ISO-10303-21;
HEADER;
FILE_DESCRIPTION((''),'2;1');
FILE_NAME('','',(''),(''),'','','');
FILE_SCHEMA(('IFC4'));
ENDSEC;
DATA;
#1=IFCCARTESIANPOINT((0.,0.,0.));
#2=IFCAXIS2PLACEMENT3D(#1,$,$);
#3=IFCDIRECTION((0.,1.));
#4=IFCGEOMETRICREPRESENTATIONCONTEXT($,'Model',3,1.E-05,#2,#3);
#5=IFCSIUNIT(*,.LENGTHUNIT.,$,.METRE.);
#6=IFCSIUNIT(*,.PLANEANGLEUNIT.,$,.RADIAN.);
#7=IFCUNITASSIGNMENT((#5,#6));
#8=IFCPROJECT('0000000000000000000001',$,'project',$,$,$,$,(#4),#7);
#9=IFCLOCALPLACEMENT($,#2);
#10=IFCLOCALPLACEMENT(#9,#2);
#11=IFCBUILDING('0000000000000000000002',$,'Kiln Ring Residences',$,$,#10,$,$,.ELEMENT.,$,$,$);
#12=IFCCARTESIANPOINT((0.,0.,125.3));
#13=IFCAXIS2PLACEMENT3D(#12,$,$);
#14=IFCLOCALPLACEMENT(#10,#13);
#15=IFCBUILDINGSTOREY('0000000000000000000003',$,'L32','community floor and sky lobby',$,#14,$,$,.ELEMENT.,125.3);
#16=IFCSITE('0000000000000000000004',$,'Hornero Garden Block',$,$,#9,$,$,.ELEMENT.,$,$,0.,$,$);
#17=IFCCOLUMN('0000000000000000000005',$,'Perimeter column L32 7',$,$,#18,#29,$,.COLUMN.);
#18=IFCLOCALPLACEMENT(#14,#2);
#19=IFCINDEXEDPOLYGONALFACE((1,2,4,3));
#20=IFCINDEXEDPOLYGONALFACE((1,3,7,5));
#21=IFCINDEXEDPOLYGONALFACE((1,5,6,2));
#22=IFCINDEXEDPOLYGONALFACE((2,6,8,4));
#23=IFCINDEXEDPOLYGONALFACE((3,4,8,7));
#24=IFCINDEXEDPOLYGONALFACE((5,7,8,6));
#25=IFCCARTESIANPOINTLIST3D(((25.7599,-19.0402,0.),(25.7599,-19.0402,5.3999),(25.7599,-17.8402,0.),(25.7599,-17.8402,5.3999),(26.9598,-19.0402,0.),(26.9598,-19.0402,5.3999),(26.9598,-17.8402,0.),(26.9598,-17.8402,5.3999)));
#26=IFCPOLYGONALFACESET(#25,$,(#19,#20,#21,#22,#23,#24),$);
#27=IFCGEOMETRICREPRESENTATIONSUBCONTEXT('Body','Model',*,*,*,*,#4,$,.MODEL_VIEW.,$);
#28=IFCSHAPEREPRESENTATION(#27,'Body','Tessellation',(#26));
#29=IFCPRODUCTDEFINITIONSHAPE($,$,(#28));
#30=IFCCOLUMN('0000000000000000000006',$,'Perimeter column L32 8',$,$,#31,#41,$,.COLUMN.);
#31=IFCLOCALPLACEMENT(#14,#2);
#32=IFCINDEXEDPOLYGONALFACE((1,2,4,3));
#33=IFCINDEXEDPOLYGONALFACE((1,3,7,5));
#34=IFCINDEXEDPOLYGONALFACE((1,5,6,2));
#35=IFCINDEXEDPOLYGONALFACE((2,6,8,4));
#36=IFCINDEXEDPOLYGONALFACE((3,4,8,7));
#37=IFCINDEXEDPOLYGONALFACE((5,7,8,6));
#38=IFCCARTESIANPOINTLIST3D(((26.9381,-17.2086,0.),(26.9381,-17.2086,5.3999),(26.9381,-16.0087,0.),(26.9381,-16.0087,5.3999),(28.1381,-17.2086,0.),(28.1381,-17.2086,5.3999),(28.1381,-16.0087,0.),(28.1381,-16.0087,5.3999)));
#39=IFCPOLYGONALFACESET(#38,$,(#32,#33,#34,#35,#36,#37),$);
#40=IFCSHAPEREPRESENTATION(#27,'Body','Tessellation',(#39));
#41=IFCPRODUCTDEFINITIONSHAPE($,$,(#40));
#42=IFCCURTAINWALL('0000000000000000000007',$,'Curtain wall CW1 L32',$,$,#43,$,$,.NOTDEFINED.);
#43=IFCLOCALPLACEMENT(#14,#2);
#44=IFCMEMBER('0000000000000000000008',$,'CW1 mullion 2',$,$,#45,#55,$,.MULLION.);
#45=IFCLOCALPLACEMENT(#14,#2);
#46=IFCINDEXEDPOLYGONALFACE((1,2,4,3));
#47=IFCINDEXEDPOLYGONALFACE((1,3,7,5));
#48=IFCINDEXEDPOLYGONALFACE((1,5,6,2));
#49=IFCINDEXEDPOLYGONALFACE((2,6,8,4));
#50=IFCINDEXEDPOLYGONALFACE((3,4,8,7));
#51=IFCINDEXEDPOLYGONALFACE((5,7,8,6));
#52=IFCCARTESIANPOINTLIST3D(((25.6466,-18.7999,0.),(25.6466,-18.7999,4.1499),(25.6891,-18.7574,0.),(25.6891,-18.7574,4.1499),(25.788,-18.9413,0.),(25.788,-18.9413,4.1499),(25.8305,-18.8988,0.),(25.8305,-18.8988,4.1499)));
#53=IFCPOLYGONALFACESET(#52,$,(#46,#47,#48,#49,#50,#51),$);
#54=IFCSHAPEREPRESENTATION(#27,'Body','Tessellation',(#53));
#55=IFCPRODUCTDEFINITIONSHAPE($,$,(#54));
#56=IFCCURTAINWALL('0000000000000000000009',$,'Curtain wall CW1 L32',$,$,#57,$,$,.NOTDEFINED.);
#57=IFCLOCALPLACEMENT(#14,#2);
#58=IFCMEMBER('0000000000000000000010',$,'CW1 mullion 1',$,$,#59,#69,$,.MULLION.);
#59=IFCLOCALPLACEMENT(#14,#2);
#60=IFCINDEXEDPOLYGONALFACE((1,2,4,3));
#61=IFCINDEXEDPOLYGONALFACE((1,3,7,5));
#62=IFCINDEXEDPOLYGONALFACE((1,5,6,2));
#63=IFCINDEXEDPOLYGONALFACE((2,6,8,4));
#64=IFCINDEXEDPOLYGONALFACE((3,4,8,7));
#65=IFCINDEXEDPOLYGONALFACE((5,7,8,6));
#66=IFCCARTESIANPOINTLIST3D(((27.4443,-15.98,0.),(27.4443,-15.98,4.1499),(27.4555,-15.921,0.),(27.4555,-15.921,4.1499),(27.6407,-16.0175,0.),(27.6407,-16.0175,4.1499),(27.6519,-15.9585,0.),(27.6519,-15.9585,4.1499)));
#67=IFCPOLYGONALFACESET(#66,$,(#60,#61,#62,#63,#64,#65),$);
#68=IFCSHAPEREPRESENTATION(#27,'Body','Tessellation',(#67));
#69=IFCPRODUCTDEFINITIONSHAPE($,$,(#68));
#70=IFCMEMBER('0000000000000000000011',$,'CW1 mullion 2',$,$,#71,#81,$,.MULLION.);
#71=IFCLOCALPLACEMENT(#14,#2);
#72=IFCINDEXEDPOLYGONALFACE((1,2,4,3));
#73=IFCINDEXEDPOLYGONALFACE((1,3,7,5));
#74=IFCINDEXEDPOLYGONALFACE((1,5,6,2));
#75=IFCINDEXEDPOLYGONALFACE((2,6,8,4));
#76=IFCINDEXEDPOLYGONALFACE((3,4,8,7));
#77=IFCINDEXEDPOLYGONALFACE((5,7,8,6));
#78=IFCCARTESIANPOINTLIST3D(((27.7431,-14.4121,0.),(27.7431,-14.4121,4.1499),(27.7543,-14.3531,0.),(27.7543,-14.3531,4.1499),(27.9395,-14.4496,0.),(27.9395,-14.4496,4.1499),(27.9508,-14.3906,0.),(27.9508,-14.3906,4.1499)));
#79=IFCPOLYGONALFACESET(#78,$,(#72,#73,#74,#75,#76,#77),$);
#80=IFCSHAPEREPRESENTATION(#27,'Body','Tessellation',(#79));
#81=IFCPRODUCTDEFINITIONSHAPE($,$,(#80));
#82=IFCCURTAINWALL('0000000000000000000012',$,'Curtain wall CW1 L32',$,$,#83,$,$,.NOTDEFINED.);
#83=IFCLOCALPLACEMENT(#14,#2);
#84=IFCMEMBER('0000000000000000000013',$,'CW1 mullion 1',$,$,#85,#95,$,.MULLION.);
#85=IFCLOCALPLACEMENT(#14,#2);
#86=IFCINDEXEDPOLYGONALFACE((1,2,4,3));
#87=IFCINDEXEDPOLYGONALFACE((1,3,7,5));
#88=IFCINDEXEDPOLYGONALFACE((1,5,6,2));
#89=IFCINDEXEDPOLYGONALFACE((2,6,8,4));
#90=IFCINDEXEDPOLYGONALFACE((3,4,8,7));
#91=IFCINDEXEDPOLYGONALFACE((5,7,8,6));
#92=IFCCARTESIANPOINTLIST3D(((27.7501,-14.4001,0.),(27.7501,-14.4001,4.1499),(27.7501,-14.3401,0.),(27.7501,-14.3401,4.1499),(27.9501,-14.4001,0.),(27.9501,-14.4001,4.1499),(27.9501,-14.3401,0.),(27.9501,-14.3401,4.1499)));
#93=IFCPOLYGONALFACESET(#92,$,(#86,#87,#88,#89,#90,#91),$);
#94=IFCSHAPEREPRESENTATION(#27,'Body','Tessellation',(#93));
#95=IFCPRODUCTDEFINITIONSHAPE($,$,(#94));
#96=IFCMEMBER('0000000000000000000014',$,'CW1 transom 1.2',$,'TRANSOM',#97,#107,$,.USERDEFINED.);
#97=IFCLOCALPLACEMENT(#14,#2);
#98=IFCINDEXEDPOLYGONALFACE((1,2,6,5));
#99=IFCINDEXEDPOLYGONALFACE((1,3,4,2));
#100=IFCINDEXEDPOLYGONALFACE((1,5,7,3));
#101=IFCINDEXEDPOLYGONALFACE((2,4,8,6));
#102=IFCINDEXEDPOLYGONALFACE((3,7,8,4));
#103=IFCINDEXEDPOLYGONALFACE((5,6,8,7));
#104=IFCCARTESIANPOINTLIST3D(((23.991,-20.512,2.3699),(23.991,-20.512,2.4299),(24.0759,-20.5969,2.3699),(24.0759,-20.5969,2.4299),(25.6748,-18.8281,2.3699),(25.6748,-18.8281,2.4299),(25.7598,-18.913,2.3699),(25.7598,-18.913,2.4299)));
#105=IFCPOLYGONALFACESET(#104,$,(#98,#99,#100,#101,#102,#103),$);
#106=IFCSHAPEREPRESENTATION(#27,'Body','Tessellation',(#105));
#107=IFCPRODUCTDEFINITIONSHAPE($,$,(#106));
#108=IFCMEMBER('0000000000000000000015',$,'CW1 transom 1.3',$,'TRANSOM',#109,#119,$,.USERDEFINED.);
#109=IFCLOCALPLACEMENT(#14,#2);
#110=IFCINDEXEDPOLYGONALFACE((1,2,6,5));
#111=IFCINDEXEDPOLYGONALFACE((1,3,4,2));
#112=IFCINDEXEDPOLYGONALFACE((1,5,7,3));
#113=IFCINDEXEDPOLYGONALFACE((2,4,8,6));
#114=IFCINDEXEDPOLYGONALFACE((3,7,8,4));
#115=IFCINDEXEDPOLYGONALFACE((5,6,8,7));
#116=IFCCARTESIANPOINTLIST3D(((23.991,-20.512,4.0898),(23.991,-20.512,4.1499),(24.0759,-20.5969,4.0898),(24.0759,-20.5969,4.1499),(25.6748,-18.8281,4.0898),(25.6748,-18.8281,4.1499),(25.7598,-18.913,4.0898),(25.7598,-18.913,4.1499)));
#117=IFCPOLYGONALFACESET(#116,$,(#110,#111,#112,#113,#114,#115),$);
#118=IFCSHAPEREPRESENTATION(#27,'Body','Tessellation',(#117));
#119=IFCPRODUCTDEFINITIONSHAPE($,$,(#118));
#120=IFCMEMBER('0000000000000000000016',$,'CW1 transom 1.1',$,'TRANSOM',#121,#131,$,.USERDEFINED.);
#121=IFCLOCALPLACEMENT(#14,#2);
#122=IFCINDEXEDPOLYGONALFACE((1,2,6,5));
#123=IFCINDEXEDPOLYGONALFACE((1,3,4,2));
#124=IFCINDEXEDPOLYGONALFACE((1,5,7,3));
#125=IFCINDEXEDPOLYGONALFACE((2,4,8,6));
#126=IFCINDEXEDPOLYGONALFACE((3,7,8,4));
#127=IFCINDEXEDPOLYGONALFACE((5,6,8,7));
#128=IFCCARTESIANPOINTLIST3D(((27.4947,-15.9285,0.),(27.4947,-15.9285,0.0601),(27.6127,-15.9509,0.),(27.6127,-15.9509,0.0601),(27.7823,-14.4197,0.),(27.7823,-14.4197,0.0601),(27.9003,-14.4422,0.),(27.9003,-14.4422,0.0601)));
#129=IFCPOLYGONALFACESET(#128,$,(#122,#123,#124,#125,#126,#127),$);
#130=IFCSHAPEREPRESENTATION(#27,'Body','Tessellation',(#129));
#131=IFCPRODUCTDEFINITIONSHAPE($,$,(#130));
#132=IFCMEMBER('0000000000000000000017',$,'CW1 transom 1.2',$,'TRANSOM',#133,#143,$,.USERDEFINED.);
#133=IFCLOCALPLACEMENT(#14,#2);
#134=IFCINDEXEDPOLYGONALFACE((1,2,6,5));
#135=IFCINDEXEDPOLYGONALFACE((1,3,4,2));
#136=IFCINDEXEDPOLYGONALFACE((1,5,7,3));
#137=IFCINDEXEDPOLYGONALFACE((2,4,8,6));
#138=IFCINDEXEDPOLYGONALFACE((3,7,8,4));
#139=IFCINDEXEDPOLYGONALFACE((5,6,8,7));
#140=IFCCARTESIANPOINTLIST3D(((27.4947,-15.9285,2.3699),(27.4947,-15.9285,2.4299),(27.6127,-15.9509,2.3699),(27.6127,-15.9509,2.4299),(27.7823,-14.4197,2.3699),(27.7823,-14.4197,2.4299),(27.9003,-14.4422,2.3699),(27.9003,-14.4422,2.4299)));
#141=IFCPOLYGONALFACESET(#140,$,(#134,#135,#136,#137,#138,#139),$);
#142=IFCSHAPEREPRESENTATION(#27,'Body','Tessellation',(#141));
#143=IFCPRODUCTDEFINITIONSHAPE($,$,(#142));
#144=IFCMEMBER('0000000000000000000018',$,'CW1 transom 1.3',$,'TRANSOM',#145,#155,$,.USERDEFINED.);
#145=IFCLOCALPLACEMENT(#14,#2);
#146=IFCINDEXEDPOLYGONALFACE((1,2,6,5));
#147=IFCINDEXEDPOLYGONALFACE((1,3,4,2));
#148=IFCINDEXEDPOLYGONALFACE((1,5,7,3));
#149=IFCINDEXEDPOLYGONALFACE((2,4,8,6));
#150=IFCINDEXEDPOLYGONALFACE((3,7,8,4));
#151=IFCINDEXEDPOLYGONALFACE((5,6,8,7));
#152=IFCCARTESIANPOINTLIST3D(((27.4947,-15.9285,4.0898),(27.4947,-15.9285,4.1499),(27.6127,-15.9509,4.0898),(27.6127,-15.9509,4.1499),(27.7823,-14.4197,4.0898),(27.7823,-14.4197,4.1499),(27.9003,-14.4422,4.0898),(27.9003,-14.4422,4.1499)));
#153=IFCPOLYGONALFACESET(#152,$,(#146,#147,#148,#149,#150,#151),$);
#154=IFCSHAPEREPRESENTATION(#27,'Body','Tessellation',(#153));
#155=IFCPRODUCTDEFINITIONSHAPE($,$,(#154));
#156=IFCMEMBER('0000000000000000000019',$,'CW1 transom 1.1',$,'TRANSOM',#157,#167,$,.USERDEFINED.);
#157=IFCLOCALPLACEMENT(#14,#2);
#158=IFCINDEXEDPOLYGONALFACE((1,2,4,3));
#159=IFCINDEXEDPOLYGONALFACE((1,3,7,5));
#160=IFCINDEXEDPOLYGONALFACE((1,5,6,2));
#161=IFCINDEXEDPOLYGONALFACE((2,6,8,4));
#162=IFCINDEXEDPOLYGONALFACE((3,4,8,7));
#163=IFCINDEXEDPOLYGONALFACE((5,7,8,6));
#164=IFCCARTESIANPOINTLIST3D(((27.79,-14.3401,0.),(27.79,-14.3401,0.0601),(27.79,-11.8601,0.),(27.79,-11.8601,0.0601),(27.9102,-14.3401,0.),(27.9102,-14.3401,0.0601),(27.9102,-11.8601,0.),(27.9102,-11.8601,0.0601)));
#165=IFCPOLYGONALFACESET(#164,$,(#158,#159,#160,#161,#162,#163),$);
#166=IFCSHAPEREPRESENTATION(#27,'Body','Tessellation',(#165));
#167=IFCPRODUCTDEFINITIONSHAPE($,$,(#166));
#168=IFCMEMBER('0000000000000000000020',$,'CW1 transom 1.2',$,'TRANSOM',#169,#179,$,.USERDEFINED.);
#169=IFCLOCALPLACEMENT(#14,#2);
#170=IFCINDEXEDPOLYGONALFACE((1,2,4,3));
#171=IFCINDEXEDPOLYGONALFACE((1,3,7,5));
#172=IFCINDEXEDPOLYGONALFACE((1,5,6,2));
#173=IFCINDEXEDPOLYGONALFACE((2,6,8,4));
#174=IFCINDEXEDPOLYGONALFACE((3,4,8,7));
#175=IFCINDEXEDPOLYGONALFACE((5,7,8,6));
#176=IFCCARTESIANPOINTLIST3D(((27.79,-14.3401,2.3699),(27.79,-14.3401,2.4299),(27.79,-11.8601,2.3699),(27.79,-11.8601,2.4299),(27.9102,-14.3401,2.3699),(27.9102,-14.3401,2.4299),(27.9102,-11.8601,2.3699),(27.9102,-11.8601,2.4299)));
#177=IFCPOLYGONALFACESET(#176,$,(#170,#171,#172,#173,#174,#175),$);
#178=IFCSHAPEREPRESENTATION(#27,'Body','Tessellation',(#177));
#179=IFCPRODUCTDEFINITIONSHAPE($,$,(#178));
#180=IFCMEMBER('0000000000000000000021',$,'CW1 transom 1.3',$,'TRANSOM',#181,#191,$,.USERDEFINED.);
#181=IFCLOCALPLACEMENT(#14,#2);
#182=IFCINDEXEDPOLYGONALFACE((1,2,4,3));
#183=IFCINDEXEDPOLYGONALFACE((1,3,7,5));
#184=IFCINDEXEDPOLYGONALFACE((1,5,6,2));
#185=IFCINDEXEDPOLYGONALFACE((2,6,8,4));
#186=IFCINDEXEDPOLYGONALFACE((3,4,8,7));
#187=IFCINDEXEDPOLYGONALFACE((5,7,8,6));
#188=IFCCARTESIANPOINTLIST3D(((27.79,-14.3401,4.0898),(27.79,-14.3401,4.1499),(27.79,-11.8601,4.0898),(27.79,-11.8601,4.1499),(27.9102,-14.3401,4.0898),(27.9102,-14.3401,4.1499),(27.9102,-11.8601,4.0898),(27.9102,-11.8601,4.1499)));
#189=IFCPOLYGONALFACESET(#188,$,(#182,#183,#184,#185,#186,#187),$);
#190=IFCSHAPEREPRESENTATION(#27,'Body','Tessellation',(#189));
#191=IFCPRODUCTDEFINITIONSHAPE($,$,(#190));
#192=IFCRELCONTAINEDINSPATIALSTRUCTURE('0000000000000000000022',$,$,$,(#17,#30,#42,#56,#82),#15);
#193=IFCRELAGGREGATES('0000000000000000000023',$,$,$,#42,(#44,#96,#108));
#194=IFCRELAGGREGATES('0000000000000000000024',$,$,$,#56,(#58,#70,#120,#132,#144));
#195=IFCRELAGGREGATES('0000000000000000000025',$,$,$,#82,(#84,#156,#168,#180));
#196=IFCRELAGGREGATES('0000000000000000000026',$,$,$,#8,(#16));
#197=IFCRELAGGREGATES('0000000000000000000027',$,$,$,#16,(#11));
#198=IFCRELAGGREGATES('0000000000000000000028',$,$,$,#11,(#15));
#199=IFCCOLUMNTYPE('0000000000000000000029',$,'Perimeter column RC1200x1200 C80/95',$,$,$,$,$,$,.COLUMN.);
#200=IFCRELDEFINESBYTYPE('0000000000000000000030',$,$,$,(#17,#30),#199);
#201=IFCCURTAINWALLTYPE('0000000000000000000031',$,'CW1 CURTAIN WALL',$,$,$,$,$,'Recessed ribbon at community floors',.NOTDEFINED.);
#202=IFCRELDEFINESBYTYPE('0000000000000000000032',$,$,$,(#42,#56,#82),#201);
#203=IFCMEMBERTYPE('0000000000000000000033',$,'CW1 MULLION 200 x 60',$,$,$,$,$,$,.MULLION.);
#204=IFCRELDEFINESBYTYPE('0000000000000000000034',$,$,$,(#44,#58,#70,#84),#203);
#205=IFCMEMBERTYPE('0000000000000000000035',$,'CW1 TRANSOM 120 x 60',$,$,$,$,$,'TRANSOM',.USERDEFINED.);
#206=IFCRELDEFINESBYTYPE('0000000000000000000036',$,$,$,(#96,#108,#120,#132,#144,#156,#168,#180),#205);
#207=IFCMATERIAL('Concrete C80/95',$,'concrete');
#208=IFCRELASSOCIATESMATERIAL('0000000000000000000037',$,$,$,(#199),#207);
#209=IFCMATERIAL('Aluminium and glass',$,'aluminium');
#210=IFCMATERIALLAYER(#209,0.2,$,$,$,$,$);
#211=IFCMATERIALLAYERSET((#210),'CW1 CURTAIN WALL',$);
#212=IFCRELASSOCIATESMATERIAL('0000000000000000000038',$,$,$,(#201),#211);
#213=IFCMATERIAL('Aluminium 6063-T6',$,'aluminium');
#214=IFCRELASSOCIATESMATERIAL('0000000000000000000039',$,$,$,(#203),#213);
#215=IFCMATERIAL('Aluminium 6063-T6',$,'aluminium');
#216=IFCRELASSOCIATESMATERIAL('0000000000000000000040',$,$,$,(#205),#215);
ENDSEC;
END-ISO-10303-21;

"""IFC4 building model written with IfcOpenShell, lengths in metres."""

from ifc_helpers import new_model, si_unit, direction, frame, origin, origin_2d, place, context, subcontext, project, spatial, rectangle, extrude, material, layer, layer_set, material_profile, profile_set, type_object, element, aggregate, save


model = new_model("IFC4")

# Units and contexts
model_context = context("Model", 3, precision=1e-05, world=origin(), true_north=direction((0.0, 1.0)))
body_context = subcontext(model_context, "Body", "Model", "MODEL_VIEW")
ifc_project = project(units=[si_unit("LENGTHUNIT", "METRE"), si_unit("PLANEANGLEUNIT", "RADIAN")], contexts=[model_context])

# Site, building, storey
site_placement = place(None, origin())
site = spatial("IfcSite", under=ifc_project, at=site_placement, Name="Hornero Garden Block", CompositionType="ELEMENT", RefElevation=0.0)
building_placement = place(site_placement, origin())
building = spatial("IfcBuilding", under=site, at=building_placement, Name="Kiln Ring Residences", CompositionType="ELEMENT")
storey_placement = place(building_placement, frame((0.0, 0.0, 125.3)))
storey = spatial("IfcBuildingStorey", under=building, at=storey_placement, Name="L32", Description="community floor and sky lobby", CompositionType="ELEMENT", Elevation=125.3)

# Columns
ifc_material_1 = material(Name="Concrete C80/95", Category="concrete")
ifc_material_profile_1 = material_profile(ifc_material_1, rectangle(XDim=1.2, YDim=1.2, at=origin_2d()), Name="RC1200x1200")
ifc_profile_set_1 = profile_set([ifc_material_profile_1], Name="Concrete C80/95")
column_type = type_object("IfcColumnType", Name="Perimeter column RC1200x1200 C80/95", PredefinedType="COLUMN", material=ifc_profile_set_1)
for number, where, z_axis, x_axis, name in (
    (1, (26.3599, -18.4402, 0.0), (0.0, 0.0, 1.0), (1.0, 0.0, 0.0), "Perimeter column L32 7"),
    (2, (27.5381, -16.6086, 0.0), (0.0, 0.0, 1.0), (1.0, 0.0, 0.0), "Perimeter column L32 8"),
):
    element("IfcColumn", number, at=place(storey_placement, frame(where, z_axis=z_axis, x_axis=x_axis)), inside=storey, type_object=column_type, Name=name, PredefinedType="COLUMN", context=body_context, shape_type="SweptSolid", body=[
        extrude(rectangle(XDim=1.2, YDim=1.2, at=origin_2d()), origin(), (0.0, 0.0, 1.0), 5.3999),
    ])

# Curtain wall, member
ifc_material_2 = material(Name="Aluminium and glass", Category="aluminium")
ifc_layer_1 = layer(ifc_material_2, 0.2)
ifc_layer_set_1 = layer_set([ifc_layer_1], Name="CW1 CURTAIN WALL")
curtain_wall_type = type_object("IfcCurtainWallType", Name="CW1 CURTAIN WALL", ElementType="Recessed ribbon at community floors", PredefinedType="NOTDEFINED", material=ifc_layer_set_1)
placement = place(storey_placement, origin())
curtain_wall_1 = element("IfcCurtainWall", 3, at=placement, inside=storey, type_object=curtain_wall_type, Name="Curtain wall CW1 L32", PredefinedType="NOTDEFINED")
ifc_material_3 = material(Name="Aluminium 6063-T6", Category="aluminium")
ifc_material_profile_2 = material_profile(ifc_material_3, rectangle(XDim=0.2, YDim=0.0601, at=origin_2d()), Name="AL 200x60")
ifc_profile_set_2 = profile_set([ifc_material_profile_2], Name="Aluminium 6063-T6")
member_type_1 = type_object("IfcMemberType", Name="CW1 MULLION 200 x 60", PredefinedType="MULLION", material=ifc_profile_set_2)
member_1_placement = place(storey_placement, frame((25.7385, -18.8494, 0.0), z_axis=(0.0, 0.0, 1.0), x_axis=(-0.707107, 0.707107, 0.0)))
member_1 = element("IfcMember", 4, at=member_1_placement, type_object=member_type_1, Name="CW1 mullion 2", PredefinedType="MULLION", context=body_context, shape_type="SweptSolid", body=[
    extrude(rectangle(XDim=0.2, YDim=0.0601, at=origin_2d()), origin(), (0.0, 0.0, 1.0), 4.1499),
])

# Curtain wall, members
curtain_wall_2 = element("IfcCurtainWall", 5, at=placement, inside=storey, type_object=curtain_wall_type, Name="Curtain wall CW1 L32", PredefinedType="NOTDEFINED")
member_2_placement = place(storey_placement, frame((27.5481, -15.9692, 0.0), z_axis=(0.0, 0.0, 1.0), x_axis=(-0.98229, 0.187366, 0.0)))
member_2 = element("IfcMember", 6, at=member_2_placement, type_object=member_type_1, Name="CW1 mullion 1", PredefinedType="MULLION", context=body_context, shape_type="SweptSolid", body=[
    extrude(rectangle(XDim=0.2, YDim=0.0601, at=origin_2d()), origin(), (0.0, 0.0, 1.0), 4.1499),
])
member_3_placement = place(storey_placement, frame((27.8469, -14.4014, 0.0), z_axis=(0.0, 0.0, 1.0), x_axis=(-0.98229, 0.187366, 0.0)))
member_3 = element("IfcMember", 7, at=member_3_placement, type_object=member_type_1, Name="CW1 mullion 2", PredefinedType="MULLION", context=body_context, shape_type="SweptSolid", body=[
    extrude(rectangle(XDim=0.2, YDim=0.0601, at=origin_2d()), origin(), (0.0, 0.0, 1.0), 4.1499),
])

# Curtain wall, member
curtain_wall_3 = element("IfcCurtainWall", 8, at=placement, inside=storey, type_object=curtain_wall_type, Name="Curtain wall CW1 L32", PredefinedType="NOTDEFINED")
member_4_placement = place(storey_placement, frame((27.8501, -14.3701, 0.0), z_axis=(0.0, 0.0, 1.0), x_axis=(-1.0, 0.0, 0.0)))
member_4 = element("IfcMember", 9, at=member_4_placement, type_object=member_type_1, Name="CW1 mullion 1", PredefinedType="MULLION", context=body_context, shape_type="SweptSolid", body=[
    extrude(rectangle(XDim=0.2, YDim=0.0601, at=origin_2d()), origin(), (0.0, 0.0, 1.0), 4.1499),
])

# Members
ifc_material_4 = material(Name="Aluminium 6063-T6", Category="aluminium")
ifc_material_profile_3 = material_profile(ifc_material_4, rectangle(XDim=0.1201, YDim=0.0601, at=origin_2d()), Name="AL 120x60")
ifc_profile_set_3 = profile_set([ifc_material_profile_3], Name="Aluminium 6063-T6")
member_type_2 = type_object("IfcMemberType", Name="CW1 TRANSOM 120 x 60", ElementType="TRANSOM", PredefinedType="USERDEFINED", material=ifc_profile_set_3)
member_5_placement = place(storey_placement, frame((24.0334, -20.5544, 2.3999), z_axis=(0.707107, 0.707107, 0.0), x_axis=(-0.707107, 0.707107, 0.0)))
member_5 = element("IfcMember", 10, at=member_5_placement, type_object=member_type_2, Name="CW1 transom 1.2", ObjectType="TRANSOM", PredefinedType="USERDEFINED", context=body_context, shape_type="SweptSolid", body=[
    extrude(rectangle(XDim=0.1201, YDim=0.0601, at=origin_2d()), origin(), (0.0, 0.0, 1.0), 2.3813),
])
member_6_placement = place(storey_placement, frame((24.0334, -20.5544, 4.1199), z_axis=(0.707107, 0.707107, 0.0), x_axis=(-0.707107, 0.707107, 0.0)))
member_6 = element("IfcMember", 11, at=member_6_placement, type_object=member_type_2, Name="CW1 transom 1.3", ObjectType="TRANSOM", PredefinedType="USERDEFINED", context=body_context, shape_type="SweptSolid", body=[
    extrude(rectangle(XDim=0.1201, YDim=0.0601, at=origin_2d()), origin(), (0.0, 0.0, 1.0), 2.3813),
])
member_7_placement = place(storey_placement, frame((27.5537, -15.9397, 0.03), z_axis=(0.187244, 0.982314, 0.0), x_axis=(-0.982314, 0.187244, 0.0)))
member_7 = element("IfcMember", 12, at=member_7_placement, type_object=member_type_2, Name="CW1 transom 1.1", ObjectType="TRANSOM", PredefinedType="USERDEFINED", context=body_context, shape_type="SweptSolid", body=[
    extrude(rectangle(XDim=0.1201, YDim=0.0601, at=origin_2d()), origin(), (0.0, 0.0, 1.0), 1.5359),
])
member_8_placement = place(storey_placement, frame((27.5537, -15.9397, 2.3999), z_axis=(0.187244, 0.982314, 0.0), x_axis=(-0.982314, 0.187244, 0.0)))
member_8 = element("IfcMember", 13, at=member_8_placement, type_object=member_type_2, Name="CW1 transom 1.2", ObjectType="TRANSOM", PredefinedType="USERDEFINED", context=body_context, shape_type="SweptSolid", body=[
    extrude(rectangle(XDim=0.1201, YDim=0.0601, at=origin_2d()), origin(), (0.0, 0.0, 1.0), 1.5359),
])
member_9_placement = place(storey_placement, frame((27.5537, -15.9397, 4.1199), z_axis=(0.187244, 0.982314, 0.0), x_axis=(-0.982314, 0.187244, 0.0)))
member_9 = element("IfcMember", 14, at=member_9_placement, type_object=member_type_2, Name="CW1 transom 1.3", ObjectType="TRANSOM", PredefinedType="USERDEFINED", context=body_context, shape_type="SweptSolid", body=[
    extrude(rectangle(XDim=0.1201, YDim=0.0601, at=origin_2d()), origin(), (0.0, 0.0, 1.0), 1.5359),
])
member_10_placement = place(storey_placement, frame((27.8501, -14.3401, 0.03), z_axis=(0.0, 1.0, 0.0), x_axis=(-1.0, 0.0, 0.0)))
member_10 = element("IfcMember", 15, at=member_10_placement, type_object=member_type_2, Name="CW1 transom 1.1", ObjectType="TRANSOM", PredefinedType="USERDEFINED", context=body_context, shape_type="SweptSolid", body=[
    extrude(rectangle(XDim=0.1201, YDim=0.0601, at=origin_2d()), origin(), (0.0, 0.0, 1.0), 2.48),
])
member_11_placement = place(storey_placement, frame((27.8501, -14.3401, 2.3999), z_axis=(0.0, 1.0, 0.0), x_axis=(-1.0, 0.0, 0.0)))
member_11 = element("IfcMember", 16, at=member_11_placement, type_object=member_type_2, Name="CW1 transom 1.2", ObjectType="TRANSOM", PredefinedType="USERDEFINED", context=body_context, shape_type="SweptSolid", body=[
    extrude(rectangle(XDim=0.1201, YDim=0.0601, at=origin_2d()), origin(), (0.0, 0.0, 1.0), 2.48),
])
member_12_placement = place(storey_placement, frame((27.8501, -14.3401, 4.1199), z_axis=(0.0, 1.0, 0.0), x_axis=(-1.0, 0.0, 0.0)))
member_12 = element("IfcMember", 17, at=member_12_placement, type_object=member_type_2, Name="CW1 transom 1.3", ObjectType="TRANSOM", PredefinedType="USERDEFINED", context=body_context, shape_type="SweptSolid", body=[
    extrude(rectangle(XDim=0.1201, YDim=0.0601, at=origin_2d()), origin(), (0.0, 0.0, 1.0), 2.48),
])

aggregate(curtain_wall_1, [member_1, member_5, member_6])
aggregate(curtain_wall_2, [member_2, member_3, member_7, member_8, member_9])
aggregate(curtain_wall_3, [member_4, member_10, member_11, member_12])

save(model, "model.ifc")
